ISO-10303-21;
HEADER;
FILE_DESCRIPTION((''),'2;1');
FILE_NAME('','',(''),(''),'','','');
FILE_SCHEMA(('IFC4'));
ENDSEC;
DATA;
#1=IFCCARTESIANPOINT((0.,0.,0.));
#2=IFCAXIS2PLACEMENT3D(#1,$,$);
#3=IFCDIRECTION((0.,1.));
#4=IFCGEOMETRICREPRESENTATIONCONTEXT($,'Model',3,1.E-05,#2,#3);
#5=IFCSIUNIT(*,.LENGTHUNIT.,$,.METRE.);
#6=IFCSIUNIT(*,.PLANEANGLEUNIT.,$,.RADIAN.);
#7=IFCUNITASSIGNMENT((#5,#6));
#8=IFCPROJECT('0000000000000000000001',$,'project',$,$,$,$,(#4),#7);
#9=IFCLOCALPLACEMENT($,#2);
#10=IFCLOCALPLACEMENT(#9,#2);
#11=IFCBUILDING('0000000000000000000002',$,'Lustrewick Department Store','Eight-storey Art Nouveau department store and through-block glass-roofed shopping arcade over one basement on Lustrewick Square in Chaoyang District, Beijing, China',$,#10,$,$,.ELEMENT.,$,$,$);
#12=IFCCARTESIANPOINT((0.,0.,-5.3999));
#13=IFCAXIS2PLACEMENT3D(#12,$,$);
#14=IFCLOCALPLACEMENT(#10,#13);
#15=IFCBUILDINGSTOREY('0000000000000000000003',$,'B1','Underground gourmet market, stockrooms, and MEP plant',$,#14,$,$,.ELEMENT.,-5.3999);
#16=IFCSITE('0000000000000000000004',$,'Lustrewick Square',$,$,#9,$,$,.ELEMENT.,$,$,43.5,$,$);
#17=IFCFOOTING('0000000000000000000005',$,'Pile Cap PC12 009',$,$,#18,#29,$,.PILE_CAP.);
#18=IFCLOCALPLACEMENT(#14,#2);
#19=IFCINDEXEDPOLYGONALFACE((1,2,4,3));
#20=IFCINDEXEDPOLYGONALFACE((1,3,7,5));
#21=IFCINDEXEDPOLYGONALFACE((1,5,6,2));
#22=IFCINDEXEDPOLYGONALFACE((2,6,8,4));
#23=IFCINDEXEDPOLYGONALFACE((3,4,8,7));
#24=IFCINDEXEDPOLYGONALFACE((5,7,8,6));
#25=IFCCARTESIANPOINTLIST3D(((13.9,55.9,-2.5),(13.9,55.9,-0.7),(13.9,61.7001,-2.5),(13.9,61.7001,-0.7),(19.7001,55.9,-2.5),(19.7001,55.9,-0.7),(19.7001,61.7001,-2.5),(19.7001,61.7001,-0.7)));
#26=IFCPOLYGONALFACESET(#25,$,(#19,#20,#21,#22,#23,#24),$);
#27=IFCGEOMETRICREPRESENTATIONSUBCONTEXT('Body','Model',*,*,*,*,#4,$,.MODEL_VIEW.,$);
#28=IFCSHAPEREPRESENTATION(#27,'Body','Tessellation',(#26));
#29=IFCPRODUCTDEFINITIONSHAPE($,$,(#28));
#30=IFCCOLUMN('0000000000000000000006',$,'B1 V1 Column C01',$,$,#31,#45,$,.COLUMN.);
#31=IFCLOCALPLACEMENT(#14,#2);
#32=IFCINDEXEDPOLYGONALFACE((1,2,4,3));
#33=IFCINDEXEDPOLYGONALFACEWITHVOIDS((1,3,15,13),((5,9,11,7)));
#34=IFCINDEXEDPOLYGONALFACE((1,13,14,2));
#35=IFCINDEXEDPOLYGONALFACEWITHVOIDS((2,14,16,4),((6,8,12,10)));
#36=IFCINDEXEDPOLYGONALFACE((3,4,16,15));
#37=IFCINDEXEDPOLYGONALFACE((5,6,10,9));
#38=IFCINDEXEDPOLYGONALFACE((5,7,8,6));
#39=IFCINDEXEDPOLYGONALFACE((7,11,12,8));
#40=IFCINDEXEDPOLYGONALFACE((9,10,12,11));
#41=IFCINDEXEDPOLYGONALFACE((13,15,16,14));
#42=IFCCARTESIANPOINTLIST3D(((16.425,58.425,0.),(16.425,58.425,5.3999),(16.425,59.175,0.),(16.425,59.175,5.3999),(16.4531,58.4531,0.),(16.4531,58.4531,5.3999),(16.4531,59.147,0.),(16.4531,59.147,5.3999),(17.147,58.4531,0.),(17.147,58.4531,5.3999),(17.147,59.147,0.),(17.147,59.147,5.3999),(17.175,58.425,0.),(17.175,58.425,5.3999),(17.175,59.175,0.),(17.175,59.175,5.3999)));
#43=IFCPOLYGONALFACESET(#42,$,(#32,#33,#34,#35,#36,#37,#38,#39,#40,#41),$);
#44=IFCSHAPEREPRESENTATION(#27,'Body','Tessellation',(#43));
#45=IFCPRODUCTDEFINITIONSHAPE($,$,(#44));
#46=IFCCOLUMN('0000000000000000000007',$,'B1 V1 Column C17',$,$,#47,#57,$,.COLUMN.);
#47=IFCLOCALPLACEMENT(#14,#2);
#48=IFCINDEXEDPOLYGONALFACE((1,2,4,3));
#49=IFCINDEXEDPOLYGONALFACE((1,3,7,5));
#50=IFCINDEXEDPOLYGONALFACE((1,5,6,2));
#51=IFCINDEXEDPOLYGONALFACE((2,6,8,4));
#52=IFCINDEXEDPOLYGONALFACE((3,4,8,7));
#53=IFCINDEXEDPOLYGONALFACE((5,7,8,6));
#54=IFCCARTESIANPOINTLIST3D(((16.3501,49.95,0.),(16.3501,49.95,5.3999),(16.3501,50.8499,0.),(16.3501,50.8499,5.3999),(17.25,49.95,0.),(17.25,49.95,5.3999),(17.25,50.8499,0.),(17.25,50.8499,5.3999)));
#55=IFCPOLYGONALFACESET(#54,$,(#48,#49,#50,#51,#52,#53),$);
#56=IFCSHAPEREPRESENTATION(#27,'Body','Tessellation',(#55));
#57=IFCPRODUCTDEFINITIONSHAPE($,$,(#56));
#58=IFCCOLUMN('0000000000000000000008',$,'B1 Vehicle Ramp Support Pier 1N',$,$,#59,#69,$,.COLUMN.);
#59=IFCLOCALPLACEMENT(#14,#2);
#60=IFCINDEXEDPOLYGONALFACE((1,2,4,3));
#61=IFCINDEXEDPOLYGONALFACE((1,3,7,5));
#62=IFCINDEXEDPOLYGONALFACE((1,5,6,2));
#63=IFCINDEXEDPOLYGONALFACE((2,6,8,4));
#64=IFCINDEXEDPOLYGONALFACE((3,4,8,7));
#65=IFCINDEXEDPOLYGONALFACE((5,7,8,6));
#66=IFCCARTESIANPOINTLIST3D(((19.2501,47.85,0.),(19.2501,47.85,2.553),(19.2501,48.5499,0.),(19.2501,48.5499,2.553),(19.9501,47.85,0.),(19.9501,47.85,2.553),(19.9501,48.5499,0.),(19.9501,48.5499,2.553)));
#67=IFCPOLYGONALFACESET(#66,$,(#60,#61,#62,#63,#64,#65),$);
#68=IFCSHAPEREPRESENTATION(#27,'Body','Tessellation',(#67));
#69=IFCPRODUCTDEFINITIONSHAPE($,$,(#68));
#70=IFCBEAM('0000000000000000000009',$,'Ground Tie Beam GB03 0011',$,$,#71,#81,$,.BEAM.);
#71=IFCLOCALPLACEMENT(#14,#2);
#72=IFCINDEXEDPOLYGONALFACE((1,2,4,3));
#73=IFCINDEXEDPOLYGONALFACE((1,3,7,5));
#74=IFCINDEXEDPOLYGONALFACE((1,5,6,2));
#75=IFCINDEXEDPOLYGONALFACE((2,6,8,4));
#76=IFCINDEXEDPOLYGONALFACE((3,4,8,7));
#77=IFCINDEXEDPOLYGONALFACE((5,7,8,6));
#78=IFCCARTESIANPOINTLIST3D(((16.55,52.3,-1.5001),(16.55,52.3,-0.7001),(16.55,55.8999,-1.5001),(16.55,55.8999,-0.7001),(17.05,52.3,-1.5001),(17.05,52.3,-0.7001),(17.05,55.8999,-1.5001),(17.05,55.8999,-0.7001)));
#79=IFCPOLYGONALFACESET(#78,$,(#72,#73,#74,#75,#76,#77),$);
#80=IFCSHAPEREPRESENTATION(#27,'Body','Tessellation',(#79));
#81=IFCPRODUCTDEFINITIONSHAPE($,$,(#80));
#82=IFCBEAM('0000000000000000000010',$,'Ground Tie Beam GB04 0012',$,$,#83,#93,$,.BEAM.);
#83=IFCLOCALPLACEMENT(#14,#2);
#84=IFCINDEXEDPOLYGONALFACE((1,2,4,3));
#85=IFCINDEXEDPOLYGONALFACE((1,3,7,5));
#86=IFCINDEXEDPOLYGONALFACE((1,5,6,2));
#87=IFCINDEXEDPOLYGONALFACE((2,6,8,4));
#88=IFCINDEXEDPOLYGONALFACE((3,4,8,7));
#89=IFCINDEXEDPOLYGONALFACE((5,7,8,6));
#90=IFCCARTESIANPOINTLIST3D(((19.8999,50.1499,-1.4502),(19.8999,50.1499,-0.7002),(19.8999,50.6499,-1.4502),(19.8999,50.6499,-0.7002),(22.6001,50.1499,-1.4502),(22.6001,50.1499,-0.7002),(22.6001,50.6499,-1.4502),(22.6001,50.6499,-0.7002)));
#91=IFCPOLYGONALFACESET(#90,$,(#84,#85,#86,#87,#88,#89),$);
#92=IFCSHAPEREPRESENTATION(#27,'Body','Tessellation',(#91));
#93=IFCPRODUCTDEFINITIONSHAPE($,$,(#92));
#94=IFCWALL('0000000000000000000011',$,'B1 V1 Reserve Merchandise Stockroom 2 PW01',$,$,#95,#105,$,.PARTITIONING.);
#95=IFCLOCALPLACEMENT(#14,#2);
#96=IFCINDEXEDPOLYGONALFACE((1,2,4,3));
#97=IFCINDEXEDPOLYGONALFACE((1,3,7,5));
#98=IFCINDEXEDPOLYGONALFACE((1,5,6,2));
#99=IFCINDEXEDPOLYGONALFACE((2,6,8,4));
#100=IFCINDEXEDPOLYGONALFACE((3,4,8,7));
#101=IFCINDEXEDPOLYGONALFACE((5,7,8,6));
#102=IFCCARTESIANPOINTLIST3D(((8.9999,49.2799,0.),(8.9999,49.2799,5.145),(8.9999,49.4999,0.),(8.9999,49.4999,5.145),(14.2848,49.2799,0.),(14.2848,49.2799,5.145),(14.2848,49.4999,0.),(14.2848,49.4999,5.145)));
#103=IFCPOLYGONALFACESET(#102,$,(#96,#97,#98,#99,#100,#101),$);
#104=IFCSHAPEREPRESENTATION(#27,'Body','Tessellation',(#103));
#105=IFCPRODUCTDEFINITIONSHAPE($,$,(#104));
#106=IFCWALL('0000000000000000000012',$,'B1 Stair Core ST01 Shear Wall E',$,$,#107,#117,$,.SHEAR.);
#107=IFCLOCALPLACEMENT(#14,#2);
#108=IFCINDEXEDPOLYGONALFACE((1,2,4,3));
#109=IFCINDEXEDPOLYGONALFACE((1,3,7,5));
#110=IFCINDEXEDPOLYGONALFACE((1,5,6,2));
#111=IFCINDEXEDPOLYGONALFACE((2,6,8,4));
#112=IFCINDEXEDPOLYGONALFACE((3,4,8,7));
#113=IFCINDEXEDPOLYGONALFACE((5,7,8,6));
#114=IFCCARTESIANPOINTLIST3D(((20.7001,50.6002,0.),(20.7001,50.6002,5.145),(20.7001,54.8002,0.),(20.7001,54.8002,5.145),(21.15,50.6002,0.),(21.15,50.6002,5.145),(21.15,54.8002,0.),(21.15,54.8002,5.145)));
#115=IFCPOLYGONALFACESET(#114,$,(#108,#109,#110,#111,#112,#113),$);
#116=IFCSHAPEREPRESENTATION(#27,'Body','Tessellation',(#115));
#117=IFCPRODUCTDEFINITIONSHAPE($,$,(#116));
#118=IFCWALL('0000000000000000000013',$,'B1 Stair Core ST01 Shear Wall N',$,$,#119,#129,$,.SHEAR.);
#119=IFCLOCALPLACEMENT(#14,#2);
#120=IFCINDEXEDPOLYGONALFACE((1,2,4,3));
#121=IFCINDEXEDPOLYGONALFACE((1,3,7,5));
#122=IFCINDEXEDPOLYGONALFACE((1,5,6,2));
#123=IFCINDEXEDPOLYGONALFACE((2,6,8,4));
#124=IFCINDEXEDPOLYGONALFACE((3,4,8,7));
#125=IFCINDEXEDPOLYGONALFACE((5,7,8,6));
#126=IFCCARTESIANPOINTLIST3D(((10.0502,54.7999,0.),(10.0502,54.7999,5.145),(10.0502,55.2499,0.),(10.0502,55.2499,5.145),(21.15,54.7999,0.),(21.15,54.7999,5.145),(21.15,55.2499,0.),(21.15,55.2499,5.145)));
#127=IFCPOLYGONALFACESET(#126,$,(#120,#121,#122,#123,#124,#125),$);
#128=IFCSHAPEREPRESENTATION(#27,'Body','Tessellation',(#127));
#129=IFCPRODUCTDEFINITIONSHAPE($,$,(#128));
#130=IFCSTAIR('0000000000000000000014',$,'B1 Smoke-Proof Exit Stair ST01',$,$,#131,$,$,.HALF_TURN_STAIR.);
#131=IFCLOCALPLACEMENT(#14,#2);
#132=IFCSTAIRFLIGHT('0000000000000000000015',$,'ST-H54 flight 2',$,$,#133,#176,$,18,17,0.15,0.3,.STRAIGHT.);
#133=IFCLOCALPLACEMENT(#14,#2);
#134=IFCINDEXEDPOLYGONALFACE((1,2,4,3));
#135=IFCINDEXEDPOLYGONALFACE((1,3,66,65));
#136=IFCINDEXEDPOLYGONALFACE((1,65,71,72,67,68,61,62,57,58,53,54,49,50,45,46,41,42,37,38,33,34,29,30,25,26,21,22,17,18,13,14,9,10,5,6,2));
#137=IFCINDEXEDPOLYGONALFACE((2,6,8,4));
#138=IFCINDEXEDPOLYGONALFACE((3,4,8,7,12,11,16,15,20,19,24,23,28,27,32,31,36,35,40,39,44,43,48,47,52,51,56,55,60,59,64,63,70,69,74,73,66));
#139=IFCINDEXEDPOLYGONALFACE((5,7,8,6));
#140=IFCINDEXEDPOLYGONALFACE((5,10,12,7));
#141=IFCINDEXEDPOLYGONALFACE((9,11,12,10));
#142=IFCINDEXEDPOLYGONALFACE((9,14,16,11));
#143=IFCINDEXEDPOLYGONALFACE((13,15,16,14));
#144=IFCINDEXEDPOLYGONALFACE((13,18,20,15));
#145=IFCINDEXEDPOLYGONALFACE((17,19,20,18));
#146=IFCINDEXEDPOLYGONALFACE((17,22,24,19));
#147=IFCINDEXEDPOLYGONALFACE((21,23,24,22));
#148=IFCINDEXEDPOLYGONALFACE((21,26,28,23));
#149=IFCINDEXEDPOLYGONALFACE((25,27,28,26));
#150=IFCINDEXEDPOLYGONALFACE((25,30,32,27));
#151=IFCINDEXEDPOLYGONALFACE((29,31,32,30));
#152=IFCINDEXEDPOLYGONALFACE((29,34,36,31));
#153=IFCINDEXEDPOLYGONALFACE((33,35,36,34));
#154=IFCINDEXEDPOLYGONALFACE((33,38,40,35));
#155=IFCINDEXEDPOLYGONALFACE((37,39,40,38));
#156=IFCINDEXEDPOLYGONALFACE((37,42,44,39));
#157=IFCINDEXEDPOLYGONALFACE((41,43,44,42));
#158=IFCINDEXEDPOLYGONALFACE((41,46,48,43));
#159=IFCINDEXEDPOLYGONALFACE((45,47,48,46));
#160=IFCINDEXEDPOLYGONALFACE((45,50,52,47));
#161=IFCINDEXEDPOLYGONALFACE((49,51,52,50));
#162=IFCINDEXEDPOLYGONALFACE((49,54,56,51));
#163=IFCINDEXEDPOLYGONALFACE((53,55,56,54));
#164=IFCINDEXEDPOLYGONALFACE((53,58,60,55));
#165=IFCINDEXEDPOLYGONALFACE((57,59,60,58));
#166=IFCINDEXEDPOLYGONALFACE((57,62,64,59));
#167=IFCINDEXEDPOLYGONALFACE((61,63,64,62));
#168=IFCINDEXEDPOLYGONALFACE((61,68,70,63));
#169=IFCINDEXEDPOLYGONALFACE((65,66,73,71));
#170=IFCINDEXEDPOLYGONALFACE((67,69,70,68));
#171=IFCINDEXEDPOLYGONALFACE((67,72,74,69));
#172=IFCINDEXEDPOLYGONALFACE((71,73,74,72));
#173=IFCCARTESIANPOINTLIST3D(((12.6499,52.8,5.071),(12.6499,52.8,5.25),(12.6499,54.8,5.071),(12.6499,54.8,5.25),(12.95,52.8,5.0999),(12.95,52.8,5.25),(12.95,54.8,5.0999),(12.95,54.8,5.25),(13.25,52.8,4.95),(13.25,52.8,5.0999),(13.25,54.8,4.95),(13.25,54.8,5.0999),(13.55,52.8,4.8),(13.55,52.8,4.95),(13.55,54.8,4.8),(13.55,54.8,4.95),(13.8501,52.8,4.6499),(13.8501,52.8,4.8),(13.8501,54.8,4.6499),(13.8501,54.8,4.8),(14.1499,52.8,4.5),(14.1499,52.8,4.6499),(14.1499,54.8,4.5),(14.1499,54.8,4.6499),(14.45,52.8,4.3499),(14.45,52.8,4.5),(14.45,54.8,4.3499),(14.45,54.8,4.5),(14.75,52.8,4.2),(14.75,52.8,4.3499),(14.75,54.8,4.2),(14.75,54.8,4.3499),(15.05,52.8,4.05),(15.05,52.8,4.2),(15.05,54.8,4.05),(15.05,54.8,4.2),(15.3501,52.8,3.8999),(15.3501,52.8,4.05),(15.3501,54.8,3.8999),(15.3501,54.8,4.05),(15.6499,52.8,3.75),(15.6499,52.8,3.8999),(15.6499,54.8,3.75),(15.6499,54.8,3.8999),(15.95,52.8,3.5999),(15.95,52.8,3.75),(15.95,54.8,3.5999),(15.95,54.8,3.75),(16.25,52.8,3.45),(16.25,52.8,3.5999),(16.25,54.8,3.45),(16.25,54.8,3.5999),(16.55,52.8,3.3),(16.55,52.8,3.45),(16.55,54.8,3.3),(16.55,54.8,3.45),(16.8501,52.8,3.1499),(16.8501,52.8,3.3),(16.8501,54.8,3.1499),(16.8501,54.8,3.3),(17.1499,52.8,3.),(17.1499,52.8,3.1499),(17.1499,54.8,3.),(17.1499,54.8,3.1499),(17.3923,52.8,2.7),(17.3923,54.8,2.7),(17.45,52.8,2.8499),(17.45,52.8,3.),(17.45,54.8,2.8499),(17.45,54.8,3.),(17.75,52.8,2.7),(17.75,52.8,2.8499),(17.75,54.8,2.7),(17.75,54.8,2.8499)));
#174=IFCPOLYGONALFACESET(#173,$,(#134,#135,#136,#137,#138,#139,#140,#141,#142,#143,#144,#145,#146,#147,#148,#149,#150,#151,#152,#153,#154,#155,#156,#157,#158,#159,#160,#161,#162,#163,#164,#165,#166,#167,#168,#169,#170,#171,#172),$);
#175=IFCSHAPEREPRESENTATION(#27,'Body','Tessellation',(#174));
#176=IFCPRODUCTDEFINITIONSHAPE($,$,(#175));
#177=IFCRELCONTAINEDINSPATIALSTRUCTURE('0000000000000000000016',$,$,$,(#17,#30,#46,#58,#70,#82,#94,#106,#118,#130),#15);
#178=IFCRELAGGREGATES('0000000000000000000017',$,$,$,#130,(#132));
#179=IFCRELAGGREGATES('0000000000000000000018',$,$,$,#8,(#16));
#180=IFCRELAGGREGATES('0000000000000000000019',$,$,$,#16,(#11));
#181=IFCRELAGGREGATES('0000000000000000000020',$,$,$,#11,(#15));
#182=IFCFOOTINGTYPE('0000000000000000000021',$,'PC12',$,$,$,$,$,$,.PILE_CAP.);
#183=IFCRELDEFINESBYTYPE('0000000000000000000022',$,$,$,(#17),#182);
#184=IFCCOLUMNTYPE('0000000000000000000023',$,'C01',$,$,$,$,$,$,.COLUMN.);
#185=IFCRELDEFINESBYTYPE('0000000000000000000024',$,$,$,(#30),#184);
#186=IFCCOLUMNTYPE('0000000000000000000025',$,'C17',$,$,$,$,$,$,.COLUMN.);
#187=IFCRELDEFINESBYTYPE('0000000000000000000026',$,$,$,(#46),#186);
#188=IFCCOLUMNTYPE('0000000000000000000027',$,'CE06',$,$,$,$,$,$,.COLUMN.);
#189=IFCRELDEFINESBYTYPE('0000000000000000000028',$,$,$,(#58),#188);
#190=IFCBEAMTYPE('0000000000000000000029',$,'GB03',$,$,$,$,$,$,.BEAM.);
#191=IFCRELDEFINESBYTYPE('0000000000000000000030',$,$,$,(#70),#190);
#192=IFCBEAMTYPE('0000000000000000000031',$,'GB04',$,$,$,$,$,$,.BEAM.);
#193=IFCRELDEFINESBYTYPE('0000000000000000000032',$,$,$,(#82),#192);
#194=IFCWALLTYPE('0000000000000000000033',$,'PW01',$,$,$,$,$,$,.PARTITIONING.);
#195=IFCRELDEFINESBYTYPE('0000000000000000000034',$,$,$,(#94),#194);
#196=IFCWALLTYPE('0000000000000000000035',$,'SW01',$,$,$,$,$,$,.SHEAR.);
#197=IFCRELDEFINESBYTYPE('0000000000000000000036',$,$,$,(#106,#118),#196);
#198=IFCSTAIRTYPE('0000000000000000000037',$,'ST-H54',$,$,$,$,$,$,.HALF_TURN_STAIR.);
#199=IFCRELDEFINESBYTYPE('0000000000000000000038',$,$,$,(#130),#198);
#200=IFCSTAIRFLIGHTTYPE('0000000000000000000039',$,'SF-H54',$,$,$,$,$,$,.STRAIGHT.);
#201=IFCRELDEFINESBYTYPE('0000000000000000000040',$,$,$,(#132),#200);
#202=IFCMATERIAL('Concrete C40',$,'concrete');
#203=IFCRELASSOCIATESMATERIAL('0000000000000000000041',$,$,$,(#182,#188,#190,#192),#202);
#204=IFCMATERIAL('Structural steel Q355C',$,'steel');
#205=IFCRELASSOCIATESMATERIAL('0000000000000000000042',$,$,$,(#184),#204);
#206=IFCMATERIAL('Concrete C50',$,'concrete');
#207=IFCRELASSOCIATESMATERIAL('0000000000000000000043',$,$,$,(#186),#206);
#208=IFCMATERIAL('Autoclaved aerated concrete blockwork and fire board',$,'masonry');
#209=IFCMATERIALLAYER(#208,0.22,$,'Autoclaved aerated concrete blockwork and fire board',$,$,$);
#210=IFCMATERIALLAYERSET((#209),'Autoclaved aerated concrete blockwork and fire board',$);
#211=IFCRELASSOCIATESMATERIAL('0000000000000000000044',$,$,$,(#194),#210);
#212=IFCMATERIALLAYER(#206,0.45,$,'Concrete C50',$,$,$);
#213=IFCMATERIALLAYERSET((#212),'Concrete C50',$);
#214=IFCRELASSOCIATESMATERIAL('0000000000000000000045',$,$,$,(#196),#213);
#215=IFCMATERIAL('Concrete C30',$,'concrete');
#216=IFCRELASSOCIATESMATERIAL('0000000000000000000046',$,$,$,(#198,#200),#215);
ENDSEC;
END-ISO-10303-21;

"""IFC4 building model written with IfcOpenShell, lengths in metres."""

from ifc_helpers import new_model, si_unit, direction, frame, frame_2d, origin, origin_2d, place, context, subcontext, project, spatial, polyline, rectangle, hollow_rectangle, outline, extrude, material, layer, layer_set, material_profile, profile_set, type_object, element, aggregate, save


model = new_model("IFC4")

# Units and contexts
model_context = context("Model", 3, precision=1e-05, world=origin(), true_north=direction((0.0, 1.0)))
body_context = subcontext(model_context, "Body", "Model", "MODEL_VIEW")
ifc_project = project(units=[si_unit("LENGTHUNIT", "METRE"), si_unit("PLANEANGLEUNIT", "RADIAN")], contexts=[model_context])

# Site, building, storey
site_placement = place(None, origin())
site = spatial("IfcSite", under=ifc_project, at=site_placement, Name="Lustrewick Square", CompositionType="ELEMENT", RefElevation=43.5)
building_placement = place(site_placement, origin())
building = spatial("IfcBuilding", under=site, at=building_placement, Name="Lustrewick Department Store", Description="Eight-storey Art Nouveau department store and through-block glass-roofed shopping arcade over one basement on Lustrewick Square in Chaoyang District, Beijing, China", CompositionType="ELEMENT")
storey_placement = place(building_placement, frame((0.0, 0.0, -5.3999)))
storey = spatial("IfcBuildingStorey", under=building, at=storey_placement, Name="B1", Description="Underground gourmet market, stockrooms, and MEP plant", CompositionType="ELEMENT", Elevation=-5.3999)

# Shared definitions
ifc_material_1 = material(Name="Concrete C40", Category="concrete")

# Footing
footing_type_1 = type_object("IfcFootingType", Name="PC12", PredefinedType="PILE_CAP", material=ifc_material_1)
footing_1_placement = place(storey_placement, frame((16.8, 58.8, -2.5), z_axis=(0.0, 0.0, 1.0), x_axis=(1.0, 0.0, 0.0)))
element("IfcFooting", 1, at=footing_1_placement, inside=storey, type_object=footing_type_1, Name="Pile Cap PC12 009", PredefinedType="PILE_CAP", context=body_context, shape_type="SweptSolid", body=[
    extrude(rectangle(XDim=5.8, YDim=5.8, at=origin_2d()), origin(), (0.0, 0.0, 1.0), 1.8),
])

# Columns
ifc_material_2 = material(Name="Structural steel Q355C", Category="steel")
ifc_material_profile_1 = material_profile(ifc_material_2, hollow_rectangle(XDim=0.75, YDim=0.75, WallThickness=0.0281, at=origin_2d()), Name="BOX 750x750x28")
ifc_profile_set_1 = profile_set([ifc_material_profile_1], Name="Structural steel Q355C")
column_type_1 = type_object("IfcColumnType", Name="C01", PredefinedType="COLUMN", material=ifc_profile_set_1)
column_1_placement = place(storey_placement, frame((16.8, 58.8, 0.0), z_axis=(0.0, 0.0, 1.0), x_axis=(1.0, 0.0, 0.0)))
element("IfcColumn", 2, at=column_1_placement, inside=storey, type_object=column_type_1, Name="B1 V1 Column C01", PredefinedType="COLUMN", context=body_context, shape_type="SweptSolid", body=[
    extrude(hollow_rectangle(XDim=0.75, YDim=0.75, WallThickness=0.0281, at=origin_2d()), origin(), (0.0, 0.0, 1.0), 5.3999),
])
ifc_material_3 = material(Name="Concrete C50", Category="concrete")
ifc_material_profile_2 = material_profile(ifc_material_3, rectangle(XDim=0.8999, YDim=0.8999, at=origin_2d()), Name="RC 900x900")
ifc_profile_set_2 = profile_set([ifc_material_profile_2], Name="Concrete C50")
column_type_2 = type_object("IfcColumnType", Name="C17", PredefinedType="COLUMN", material=ifc_profile_set_2)
column_2_placement = place(storey_placement, frame((16.8, 50.3999, 0.0), z_axis=(0.0, 0.0, 1.0), x_axis=(1.0, 0.0, 0.0)))
element("IfcColumn", 3, at=column_2_placement, inside=storey, type_object=column_type_2, Name="B1 V1 Column C17", PredefinedType="COLUMN", context=body_context, shape_type="SweptSolid", body=[
    extrude(rectangle(XDim=0.8999, YDim=0.8999, at=origin_2d()), origin(), (0.0, 0.0, 1.0), 5.3999),
])
ifc_material_profile_3 = material_profile(ifc_material_1, rectangle(XDim=0.7, YDim=0.7, at=origin_2d()), Name="RC 700x700")
ifc_profile_set_3 = profile_set([ifc_material_profile_3], Name="Concrete C40")
column_type_3 = type_object("IfcColumnType", Name="CE06", PredefinedType="COLUMN", material=ifc_profile_set_3)
column_3_placement = place(storey_placement, frame((19.6001, 48.2, 0.0), z_axis=(0.0, 0.0, 1.0), x_axis=(1.0, 0.0, 0.0)))
element("IfcColumn", 4, at=column_3_placement, inside=storey, type_object=column_type_3, Name="B1 Vehicle Ramp Support Pier 1N", PredefinedType="COLUMN", context=body_context, shape_type="SweptSolid", body=[
    extrude(rectangle(XDim=0.7, YDim=0.7, at=origin_2d()), origin(), (0.0, 0.0, 1.0), 2.553),
])

# Beams
ifc_material_profile_4 = material_profile(ifc_material_1, rectangle(XDim=0.5, YDim=0.8, at=origin_2d()), Name="RC 500x800")
ifc_profile_set_4 = profile_set([ifc_material_profile_4], Name="Concrete C40")
beam_type_1 = type_object("IfcBeamType", Name="GB03", PredefinedType="BEAM", material=ifc_profile_set_4)
beam_1_placement = place(storey_placement, frame((16.8, 52.3, -1.1001), z_axis=(0.0, 1.0, 0.0), x_axis=(-1.0, 0.0, 0.0)))
element("IfcBeam", 5, at=beam_1_placement, inside=storey, type_object=beam_type_1, Name="Ground Tie Beam GB03 0011", PredefinedType="BEAM", context=body_context, shape_type="SweptSolid", body=[
    extrude(rectangle(XDim=0.5, YDim=0.8, at=origin_2d()), origin(), (0.0, 0.0, 1.0), 3.5999),
])
ifc_material_profile_5 = material_profile(ifc_material_1, rectangle(XDim=0.5, YDim=0.75, at=origin_2d()), Name="RC 500x750")
ifc_profile_set_5 = profile_set([ifc_material_profile_5], Name="Concrete C40")
beam_type_2 = type_object("IfcBeamType", Name="GB04", PredefinedType="BEAM", material=ifc_profile_set_5)
beam_2_placement = place(storey_placement, frame((19.8999, 50.3999, -1.0752), z_axis=(1.0, 0.0, 0.0), x_axis=(0.0, 1.0, 0.0)))
element("IfcBeam", 6, at=beam_2_placement, inside=storey, type_object=beam_type_2, Name="Ground Tie Beam GB04 0012", PredefinedType="BEAM", context=body_context, shape_type="SweptSolid", body=[
    extrude(rectangle(XDim=0.5, YDim=0.75, at=origin_2d()), origin(), (0.0, 0.0, 1.0), 2.7002),
])

# Walls
ifc_material_4 = material(Name="Autoclaved aerated concrete blockwork and fire board", Category="masonry")
ifc_layer_1 = layer(ifc_material_4, 0.22, Name="Autoclaved aerated concrete blockwork and fire board")
ifc_layer_set_1 = layer_set([ifc_layer_1], Name="Autoclaved aerated concrete blockwork and fire board")
wall_type_1 = type_object("IfcWallType", Name="PW01", PredefinedType="PARTITIONING", material=ifc_layer_set_1)
wall_1_placement = place(storey_placement, frame((14.2849, 49.3899, 0.0), z_axis=(0.0, 0.0, 1.0), x_axis=(-1.0, 0.0, 0.0)))
element("IfcWall", 7, at=wall_1_placement, inside=storey, type_object=wall_type_1, Name="B1 V1 Reserve Merchandise Stockroom 2 PW01", PredefinedType="PARTITIONING", context=body_context, shape_type="SweptSolid", body=[
    extrude(rectangle(XDim=5.2849, YDim=0.22, at=frame_2d((2.6426, 0.0))), origin(), (0.0, 0.0, 1.0), 5.145),
])
ifc_layer_2 = layer(ifc_material_3, 0.45, Name="Concrete C50")
ifc_layer_set_2 = layer_set([ifc_layer_2], Name="Concrete C50")
wall_type_2 = type_object("IfcWallType", Name="SW01", PredefinedType="SHEAR", material=ifc_layer_set_2)
wall_2_placement = place(storey_placement, frame((20.925, 50.6001, 0.0), z_axis=(0.0, 0.0, 1.0), x_axis=(0.0, 1.0, 0.0)))
element("IfcWall", 8, at=wall_2_placement, inside=storey, type_object=wall_type_2, Name="B1 Stair Core ST01 Shear Wall E", PredefinedType="SHEAR", context=body_context, shape_type="SweptSolid", body=[
    extrude(rectangle(XDim=4.2, YDim=0.45, at=frame_2d((2.1001, 0.0))), origin(), (0.0, 0.0, 1.0), 5.145),
])
wall_3_placement = place(storey_placement, frame((21.1499, 55.0249, 0.0), z_axis=(0.0, 0.0, 1.0), x_axis=(-1.0, 0.0, 0.0)))
element("IfcWall", 9, at=wall_3_placement, inside=storey, type_object=wall_type_2, Name="B1 Stair Core ST01 Shear Wall N", PredefinedType="SHEAR", context=body_context, shape_type="SweptSolid", body=[
    extrude(rectangle(XDim=11.0999, YDim=0.45, at=frame_2d((5.5498, 0.0))), origin(), (0.0, 0.0, 1.0), 5.145),
])

# Stair, stair flight
ifc_material_5 = material(Name="Concrete C30", Category="concrete")
stair_type = type_object("IfcStairType", Name="ST-H54", PredefinedType="HALF_TURN_STAIR", material=ifc_material_5)
stair_placement = place(storey_placement, origin())
stair = element("IfcStair", 10, at=stair_placement, inside=storey, type_object=stair_type, Name="B1 Smoke-Proof Exit Stair ST01", PredefinedType="HALF_TURN_STAIR")
stair_flight_type = type_object("IfcStairFlightType", Name="SF-H54", PredefinedType="STRAIGHT", material=ifc_material_5)
stair_flight_placement = place(storey_placement, frame((17.75, 53.8, 2.7), z_axis=(0.0, 0.0, 1.0), x_axis=(-1.0, 0.0, 0.0)))
stair_flight = element("IfcStairFlight", 11, at=stair_flight_placement, type_object=stair_flight_type, Name="ST-H54 flight 2", NumberOfRisers=18, NumberOfTreads=17, PredefinedType="STRAIGHT", RiserHeight=0.15, TreadLength=0.3, context=body_context, shape_type="SweptSolid", body=[
    extrude(outline(polyline([(0.0, 0.0), (0.0, 0.1499), (0.3, 0.1499), (0.3, 0.3), (0.6001, 0.3), (0.6001, 0.45), (0.8999, 0.45), (0.8999, 0.6001), (1.2, 0.6001), (1.2, 0.75), (1.5, 0.75), (1.5, 0.8999), (1.8, 0.8999), (1.8, 1.05), (2.1001, 1.05), (2.1001, 1.2), (2.3999, 1.2), (2.3999, 1.3501), (2.7, 1.3501), (2.7, 1.5), (3.0, 1.5), (3.0, 1.6499), (3.3, 1.6499), (3.3, 1.8), (3.6001, 1.8), (3.6001, 1.95), (3.8999, 1.95), (3.8999, 2.1001), (4.2, 2.1001), (4.2, 2.25), (4.5, 2.25), (4.5, 2.3999), (4.8, 2.3999), (4.8, 2.55), (5.1001, 2.55), (5.1001, 2.7), (5.1001, 2.3711), (0.3577, 0.0), (0.0, 0.0)])), frame((0.0, 1.0, 0.0), z_axis=(0.0, -1.0, 0.0), x_axis=(1.0, 0.0, 0.0)), (0.0, 0.0, 1.0), 2.0),
])
aggregate(stair, [stair_flight])

save(model, "model.ifc")
